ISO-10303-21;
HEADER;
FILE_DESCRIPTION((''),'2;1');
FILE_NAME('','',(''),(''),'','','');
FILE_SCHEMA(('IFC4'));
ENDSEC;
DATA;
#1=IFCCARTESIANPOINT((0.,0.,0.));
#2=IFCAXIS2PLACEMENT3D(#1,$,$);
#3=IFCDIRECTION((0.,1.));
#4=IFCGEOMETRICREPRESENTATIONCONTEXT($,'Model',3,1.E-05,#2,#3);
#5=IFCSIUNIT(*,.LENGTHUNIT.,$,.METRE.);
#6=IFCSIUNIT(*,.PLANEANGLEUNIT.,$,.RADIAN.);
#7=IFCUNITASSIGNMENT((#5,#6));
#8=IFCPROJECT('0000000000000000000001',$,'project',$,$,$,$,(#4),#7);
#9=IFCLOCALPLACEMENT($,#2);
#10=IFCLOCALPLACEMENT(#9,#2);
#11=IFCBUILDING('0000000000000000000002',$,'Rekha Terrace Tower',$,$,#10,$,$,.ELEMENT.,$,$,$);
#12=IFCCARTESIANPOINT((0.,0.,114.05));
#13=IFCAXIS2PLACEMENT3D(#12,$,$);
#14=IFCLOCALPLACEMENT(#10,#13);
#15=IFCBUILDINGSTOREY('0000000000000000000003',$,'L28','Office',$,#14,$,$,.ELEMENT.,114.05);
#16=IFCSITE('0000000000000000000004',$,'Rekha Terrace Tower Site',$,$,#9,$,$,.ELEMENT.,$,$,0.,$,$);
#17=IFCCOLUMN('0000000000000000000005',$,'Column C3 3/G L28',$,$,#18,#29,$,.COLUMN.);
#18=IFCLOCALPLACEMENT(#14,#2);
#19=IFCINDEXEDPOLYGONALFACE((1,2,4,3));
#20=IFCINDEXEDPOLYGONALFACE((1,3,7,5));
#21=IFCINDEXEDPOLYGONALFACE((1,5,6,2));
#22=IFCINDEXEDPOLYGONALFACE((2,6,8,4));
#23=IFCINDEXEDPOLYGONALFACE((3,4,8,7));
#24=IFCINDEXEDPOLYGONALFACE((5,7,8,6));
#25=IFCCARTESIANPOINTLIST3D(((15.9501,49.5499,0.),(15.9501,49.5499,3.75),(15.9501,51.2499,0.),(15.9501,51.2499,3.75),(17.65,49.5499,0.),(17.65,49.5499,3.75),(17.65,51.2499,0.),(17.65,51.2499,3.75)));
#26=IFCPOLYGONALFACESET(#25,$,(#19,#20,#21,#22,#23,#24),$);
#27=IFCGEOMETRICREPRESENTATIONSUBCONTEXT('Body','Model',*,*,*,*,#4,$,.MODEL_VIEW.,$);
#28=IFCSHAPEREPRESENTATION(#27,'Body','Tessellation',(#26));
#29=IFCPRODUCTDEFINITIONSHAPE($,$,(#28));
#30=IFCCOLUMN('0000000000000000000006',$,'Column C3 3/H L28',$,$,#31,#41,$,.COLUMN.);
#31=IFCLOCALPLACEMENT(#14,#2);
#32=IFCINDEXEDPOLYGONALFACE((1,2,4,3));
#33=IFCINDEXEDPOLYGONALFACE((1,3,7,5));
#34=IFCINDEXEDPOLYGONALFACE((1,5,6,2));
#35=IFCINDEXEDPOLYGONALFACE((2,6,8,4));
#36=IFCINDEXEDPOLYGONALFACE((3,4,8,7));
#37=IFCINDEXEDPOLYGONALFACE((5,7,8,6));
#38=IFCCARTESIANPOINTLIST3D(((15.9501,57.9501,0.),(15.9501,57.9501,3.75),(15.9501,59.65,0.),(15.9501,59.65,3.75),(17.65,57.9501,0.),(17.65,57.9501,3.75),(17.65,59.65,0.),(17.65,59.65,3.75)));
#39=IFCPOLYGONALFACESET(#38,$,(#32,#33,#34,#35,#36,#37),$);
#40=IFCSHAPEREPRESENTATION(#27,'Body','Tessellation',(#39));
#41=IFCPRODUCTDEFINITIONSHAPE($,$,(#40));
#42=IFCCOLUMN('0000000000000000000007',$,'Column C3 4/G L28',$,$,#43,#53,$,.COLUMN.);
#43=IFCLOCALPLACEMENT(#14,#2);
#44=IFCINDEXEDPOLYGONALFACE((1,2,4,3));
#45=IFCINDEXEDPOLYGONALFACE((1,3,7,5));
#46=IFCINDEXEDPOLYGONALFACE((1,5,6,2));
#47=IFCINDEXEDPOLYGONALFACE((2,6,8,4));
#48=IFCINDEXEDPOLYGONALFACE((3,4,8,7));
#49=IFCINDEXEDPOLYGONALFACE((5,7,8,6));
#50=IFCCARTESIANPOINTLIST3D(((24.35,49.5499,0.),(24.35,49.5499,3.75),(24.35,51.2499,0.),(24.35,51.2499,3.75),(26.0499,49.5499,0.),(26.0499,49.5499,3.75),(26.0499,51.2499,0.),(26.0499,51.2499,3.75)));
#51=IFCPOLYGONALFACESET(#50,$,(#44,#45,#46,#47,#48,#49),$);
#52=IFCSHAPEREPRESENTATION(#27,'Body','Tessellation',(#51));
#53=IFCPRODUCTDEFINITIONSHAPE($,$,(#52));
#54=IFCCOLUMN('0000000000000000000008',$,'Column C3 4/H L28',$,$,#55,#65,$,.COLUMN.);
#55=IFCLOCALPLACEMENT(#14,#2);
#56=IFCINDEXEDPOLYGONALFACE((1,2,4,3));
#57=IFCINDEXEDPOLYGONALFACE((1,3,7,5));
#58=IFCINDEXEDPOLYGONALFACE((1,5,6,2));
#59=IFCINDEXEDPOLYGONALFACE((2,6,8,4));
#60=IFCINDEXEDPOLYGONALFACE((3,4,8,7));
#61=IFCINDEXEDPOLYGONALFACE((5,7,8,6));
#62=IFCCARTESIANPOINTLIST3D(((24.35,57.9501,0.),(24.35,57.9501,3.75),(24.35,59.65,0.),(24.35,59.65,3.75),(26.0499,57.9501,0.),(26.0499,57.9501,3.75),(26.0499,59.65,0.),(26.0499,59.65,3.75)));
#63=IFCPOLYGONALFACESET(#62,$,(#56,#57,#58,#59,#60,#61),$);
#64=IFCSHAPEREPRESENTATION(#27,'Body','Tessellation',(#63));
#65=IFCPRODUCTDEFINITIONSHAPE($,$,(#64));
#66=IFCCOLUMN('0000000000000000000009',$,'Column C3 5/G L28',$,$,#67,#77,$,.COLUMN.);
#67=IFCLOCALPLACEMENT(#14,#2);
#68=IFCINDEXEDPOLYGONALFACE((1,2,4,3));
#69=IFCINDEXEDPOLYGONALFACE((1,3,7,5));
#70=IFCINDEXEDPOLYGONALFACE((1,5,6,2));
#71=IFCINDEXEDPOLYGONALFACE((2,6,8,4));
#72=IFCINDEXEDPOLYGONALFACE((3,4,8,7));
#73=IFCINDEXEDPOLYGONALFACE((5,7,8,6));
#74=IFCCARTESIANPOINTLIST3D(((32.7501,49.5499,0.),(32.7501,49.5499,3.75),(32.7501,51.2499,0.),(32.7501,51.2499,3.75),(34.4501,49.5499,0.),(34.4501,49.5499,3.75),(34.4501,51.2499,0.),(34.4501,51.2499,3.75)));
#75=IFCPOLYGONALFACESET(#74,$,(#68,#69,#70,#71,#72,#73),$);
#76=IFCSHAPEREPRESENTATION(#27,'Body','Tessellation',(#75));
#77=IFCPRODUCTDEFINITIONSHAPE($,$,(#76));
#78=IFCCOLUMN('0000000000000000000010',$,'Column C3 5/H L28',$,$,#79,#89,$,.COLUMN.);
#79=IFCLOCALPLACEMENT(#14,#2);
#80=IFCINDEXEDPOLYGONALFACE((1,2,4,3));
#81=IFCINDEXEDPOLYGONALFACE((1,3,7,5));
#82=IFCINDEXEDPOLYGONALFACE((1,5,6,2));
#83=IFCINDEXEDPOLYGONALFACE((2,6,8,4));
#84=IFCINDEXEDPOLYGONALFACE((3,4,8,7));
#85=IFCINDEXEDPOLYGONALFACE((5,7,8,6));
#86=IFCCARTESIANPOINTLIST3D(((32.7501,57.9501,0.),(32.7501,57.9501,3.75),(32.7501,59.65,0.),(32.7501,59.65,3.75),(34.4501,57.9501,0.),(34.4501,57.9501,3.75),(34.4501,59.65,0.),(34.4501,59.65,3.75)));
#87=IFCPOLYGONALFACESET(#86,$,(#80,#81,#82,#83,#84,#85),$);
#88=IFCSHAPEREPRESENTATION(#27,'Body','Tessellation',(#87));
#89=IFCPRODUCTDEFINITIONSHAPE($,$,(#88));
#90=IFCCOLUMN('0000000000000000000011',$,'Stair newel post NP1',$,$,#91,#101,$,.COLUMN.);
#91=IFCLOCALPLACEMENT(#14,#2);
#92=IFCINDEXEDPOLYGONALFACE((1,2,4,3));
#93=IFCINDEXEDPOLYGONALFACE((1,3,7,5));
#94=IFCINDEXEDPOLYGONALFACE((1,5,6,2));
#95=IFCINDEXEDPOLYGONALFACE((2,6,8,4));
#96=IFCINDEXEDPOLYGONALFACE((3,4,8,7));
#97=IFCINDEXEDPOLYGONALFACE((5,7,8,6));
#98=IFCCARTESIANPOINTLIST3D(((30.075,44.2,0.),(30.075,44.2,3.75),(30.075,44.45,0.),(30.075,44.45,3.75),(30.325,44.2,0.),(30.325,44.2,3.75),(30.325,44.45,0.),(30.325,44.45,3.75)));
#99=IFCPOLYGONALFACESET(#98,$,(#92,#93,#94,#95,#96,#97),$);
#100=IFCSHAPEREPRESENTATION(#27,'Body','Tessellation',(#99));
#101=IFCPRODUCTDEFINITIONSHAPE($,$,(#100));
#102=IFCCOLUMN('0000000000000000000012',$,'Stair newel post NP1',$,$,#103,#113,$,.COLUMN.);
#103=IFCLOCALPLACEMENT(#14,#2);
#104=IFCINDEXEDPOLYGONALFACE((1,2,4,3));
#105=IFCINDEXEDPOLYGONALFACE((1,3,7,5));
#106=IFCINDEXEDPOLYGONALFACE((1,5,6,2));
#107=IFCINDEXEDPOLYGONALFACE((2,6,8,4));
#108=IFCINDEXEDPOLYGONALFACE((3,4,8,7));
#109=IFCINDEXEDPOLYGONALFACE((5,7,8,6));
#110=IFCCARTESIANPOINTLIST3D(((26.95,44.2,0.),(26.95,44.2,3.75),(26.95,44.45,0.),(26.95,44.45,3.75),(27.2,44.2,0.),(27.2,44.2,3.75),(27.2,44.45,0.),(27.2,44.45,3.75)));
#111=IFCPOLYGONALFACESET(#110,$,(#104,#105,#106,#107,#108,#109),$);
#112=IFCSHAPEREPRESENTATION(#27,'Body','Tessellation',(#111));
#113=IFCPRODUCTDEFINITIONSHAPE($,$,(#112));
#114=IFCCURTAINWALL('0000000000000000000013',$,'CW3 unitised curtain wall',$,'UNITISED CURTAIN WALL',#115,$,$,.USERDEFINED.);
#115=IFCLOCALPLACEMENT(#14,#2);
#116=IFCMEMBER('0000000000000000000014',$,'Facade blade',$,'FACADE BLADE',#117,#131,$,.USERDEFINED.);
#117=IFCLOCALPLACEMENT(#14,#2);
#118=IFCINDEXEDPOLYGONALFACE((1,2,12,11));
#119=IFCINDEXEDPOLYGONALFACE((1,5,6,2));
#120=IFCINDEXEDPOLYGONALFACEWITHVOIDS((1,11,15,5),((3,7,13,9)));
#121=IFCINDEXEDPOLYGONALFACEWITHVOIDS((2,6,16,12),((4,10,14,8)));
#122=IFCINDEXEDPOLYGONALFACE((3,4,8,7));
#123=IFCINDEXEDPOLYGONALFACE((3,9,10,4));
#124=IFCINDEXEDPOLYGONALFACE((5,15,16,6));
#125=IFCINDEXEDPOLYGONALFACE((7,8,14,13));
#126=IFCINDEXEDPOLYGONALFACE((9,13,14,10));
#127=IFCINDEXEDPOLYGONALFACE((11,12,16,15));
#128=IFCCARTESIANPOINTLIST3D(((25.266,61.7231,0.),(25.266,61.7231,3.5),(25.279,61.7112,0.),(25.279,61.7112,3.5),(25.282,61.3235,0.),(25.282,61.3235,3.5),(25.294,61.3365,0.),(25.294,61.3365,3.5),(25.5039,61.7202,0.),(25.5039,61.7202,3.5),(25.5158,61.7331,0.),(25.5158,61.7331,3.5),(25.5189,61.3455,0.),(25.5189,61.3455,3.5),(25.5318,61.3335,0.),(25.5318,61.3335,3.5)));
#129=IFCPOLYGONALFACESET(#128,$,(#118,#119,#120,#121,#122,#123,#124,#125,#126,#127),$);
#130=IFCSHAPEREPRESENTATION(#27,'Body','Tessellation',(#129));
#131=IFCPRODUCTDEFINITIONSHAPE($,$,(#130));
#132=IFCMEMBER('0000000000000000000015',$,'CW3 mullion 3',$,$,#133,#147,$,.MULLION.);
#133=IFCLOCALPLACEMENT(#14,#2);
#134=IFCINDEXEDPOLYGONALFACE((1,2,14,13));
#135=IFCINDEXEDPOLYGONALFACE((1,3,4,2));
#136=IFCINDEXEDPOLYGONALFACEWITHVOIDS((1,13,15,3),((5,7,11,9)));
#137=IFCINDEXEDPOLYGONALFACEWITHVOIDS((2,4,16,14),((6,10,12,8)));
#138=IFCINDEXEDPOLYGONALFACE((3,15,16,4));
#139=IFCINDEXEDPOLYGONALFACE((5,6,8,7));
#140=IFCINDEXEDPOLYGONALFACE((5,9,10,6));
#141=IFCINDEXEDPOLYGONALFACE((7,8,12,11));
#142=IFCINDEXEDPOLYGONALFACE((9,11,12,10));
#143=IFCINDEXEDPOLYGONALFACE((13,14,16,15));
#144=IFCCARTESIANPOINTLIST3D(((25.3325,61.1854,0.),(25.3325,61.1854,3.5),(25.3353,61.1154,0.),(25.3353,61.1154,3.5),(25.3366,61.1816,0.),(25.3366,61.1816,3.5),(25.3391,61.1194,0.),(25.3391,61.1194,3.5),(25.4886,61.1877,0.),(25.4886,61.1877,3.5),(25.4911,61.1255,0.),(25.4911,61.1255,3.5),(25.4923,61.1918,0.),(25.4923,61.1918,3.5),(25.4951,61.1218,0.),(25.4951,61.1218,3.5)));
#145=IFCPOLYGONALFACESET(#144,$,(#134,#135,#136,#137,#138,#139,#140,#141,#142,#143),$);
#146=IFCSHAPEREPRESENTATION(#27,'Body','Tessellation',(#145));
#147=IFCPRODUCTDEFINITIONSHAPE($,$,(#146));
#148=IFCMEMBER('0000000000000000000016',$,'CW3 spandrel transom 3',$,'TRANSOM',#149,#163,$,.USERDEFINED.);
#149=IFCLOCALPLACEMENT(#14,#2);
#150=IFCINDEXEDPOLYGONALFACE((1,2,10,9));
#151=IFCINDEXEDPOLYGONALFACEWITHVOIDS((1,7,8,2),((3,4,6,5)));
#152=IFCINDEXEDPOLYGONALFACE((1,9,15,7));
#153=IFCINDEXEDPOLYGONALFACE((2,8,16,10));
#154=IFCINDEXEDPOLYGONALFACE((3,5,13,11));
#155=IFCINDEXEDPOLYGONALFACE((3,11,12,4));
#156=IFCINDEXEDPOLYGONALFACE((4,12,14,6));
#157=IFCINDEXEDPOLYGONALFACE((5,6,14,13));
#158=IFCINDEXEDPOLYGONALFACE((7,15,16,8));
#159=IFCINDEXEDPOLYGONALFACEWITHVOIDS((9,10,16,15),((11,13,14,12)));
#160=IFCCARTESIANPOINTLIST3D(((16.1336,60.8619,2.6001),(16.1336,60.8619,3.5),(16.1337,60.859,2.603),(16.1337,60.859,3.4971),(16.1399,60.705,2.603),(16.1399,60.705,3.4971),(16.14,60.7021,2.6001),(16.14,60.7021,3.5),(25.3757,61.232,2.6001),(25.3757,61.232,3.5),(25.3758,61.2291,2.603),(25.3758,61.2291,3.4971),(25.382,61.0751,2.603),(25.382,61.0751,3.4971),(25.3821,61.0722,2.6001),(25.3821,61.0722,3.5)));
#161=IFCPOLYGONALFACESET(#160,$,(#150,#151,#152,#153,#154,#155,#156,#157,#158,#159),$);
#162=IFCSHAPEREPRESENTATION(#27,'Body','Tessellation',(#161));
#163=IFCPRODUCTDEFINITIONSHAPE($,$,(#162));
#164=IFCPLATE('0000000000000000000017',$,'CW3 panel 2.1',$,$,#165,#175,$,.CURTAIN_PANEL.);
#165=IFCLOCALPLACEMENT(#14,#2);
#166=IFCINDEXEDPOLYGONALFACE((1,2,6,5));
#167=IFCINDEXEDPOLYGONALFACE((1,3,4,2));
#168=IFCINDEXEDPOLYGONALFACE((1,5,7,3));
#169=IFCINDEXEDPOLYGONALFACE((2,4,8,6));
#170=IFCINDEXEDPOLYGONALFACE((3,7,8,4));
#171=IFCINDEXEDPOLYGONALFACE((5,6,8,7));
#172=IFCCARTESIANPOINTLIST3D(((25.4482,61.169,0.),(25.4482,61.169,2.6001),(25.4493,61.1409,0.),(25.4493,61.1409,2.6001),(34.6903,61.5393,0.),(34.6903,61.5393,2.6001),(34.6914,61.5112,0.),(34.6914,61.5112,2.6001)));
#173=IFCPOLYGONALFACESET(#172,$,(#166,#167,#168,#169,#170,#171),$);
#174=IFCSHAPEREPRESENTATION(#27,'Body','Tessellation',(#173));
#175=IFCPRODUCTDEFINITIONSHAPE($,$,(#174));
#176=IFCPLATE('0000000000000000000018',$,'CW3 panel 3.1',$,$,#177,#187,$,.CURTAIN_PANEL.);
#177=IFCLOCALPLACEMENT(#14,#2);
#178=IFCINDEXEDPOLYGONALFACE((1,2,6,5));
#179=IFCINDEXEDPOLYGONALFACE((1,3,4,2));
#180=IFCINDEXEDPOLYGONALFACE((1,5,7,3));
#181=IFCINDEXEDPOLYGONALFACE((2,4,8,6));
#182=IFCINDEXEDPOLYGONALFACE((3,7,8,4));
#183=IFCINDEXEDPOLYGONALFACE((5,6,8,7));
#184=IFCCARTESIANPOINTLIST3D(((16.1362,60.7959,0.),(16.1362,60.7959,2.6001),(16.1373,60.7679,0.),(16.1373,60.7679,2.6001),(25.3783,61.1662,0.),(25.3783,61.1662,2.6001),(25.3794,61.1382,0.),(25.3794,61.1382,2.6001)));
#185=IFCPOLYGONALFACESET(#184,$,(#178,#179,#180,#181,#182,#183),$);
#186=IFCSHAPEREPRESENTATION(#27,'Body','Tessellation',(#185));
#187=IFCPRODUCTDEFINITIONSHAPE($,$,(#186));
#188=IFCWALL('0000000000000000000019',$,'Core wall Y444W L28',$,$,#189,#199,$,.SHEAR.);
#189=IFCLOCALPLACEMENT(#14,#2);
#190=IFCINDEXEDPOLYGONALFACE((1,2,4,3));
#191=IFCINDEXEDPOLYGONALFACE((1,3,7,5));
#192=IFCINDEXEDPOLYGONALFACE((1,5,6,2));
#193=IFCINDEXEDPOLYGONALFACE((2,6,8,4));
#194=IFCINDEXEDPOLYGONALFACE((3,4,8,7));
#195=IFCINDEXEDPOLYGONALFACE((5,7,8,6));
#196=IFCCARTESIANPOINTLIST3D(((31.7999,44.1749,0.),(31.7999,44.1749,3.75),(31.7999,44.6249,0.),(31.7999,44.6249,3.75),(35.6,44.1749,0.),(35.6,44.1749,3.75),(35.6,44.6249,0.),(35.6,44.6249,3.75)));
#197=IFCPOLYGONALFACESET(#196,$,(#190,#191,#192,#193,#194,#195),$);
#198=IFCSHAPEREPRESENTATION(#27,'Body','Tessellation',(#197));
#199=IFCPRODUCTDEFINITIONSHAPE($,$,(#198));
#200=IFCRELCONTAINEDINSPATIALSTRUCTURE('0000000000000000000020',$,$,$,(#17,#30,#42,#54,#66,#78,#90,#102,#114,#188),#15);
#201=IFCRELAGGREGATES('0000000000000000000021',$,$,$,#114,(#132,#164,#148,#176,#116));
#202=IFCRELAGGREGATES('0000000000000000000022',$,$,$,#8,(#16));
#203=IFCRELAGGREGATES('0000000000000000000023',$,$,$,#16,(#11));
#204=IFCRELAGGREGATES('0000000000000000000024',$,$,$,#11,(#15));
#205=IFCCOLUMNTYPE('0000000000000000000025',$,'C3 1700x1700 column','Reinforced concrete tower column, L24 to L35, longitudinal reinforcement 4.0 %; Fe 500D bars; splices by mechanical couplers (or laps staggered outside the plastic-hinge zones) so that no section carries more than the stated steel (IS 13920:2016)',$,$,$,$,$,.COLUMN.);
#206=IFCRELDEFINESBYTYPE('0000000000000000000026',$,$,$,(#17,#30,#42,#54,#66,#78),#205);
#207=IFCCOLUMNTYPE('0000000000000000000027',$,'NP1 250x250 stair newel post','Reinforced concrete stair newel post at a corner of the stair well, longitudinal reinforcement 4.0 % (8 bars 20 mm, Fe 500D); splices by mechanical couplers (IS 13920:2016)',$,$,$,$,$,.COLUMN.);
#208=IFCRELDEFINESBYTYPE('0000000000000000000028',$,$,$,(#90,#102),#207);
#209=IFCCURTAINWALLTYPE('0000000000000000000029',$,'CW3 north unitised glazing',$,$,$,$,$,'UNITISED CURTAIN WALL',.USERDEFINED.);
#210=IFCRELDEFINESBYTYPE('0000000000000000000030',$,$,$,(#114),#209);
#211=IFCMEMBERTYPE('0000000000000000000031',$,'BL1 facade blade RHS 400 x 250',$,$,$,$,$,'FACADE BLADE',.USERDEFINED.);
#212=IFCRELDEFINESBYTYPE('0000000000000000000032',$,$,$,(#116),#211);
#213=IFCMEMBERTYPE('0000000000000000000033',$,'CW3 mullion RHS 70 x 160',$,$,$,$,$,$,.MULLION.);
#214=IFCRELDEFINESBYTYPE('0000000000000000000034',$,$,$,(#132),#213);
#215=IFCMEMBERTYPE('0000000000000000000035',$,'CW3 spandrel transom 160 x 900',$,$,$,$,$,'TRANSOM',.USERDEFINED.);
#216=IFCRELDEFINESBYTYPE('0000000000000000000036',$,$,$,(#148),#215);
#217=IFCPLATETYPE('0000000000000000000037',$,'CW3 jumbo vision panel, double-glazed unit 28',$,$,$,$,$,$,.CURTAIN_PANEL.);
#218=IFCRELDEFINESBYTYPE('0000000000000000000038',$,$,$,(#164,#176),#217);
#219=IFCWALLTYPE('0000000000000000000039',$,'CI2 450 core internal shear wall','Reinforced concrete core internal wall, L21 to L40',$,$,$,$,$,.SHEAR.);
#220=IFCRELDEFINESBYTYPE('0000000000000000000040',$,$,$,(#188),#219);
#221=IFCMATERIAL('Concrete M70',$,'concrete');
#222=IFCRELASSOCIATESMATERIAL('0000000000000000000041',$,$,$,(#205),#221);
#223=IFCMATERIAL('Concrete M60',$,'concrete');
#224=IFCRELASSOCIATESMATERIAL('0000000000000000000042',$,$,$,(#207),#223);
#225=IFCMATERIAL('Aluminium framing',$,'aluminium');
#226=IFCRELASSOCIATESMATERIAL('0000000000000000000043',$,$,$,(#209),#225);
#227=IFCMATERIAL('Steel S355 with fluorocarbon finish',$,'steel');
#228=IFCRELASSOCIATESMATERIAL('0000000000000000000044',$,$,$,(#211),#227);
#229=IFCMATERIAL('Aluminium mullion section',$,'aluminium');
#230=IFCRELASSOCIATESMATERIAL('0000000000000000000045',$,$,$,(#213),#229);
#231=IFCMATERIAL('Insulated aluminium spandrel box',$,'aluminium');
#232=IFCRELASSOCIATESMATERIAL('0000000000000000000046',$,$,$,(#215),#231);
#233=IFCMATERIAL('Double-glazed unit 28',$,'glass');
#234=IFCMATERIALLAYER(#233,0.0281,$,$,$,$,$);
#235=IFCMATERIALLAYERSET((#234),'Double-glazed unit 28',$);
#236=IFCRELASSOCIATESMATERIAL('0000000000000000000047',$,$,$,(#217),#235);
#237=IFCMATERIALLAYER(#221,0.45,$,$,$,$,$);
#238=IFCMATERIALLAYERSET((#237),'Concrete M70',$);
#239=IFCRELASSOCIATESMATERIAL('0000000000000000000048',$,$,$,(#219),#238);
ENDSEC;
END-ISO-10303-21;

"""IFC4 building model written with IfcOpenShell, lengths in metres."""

from ifc_helpers import new_model, si_unit, direction, frame, frame_2d, origin, origin_2d, place, context, subcontext, project, spatial, rectangle, hollow_rectangle, extrude, material, layer, layer_set, material_profile, profile_set, type_object, element, aggregate, save


model = new_model("IFC4")

# Units and contexts
model_context = context("Model", 3, precision=1e-05, world=origin(), true_north=direction((0.0, 1.0)))
body_context = subcontext(model_context, "Body", "Model", "MODEL_VIEW")
ifc_project = project(units=[si_unit("LENGTHUNIT", "METRE"), si_unit("PLANEANGLEUNIT", "RADIAN")], contexts=[model_context])

# Site, building, storey
site_placement = place(None, origin())
site = spatial("IfcSite", under=ifc_project, at=site_placement, Name="Rekha Terrace Tower Site", CompositionType="ELEMENT", RefElevation=0.0)
building_placement = place(site_placement, origin())
building = spatial("IfcBuilding", under=site, at=building_placement, Name="Rekha Terrace Tower", CompositionType="ELEMENT")
storey_placement = place(building_placement, frame((0.0, 0.0, 114.05)))
storey = spatial("IfcBuildingStorey", under=building, at=storey_placement, Name="L28", Description="Office", CompositionType="ELEMENT", Elevation=114.05)

# Columns
ifc_material_1 = material(Name="Concrete M70", Category="concrete")
ifc_material_profile_1 = material_profile(ifc_material_1, rectangle(XDim=1.7, YDim=1.7, at=origin_2d()), Name="RC 1700x1700")
ifc_profile_set_1 = profile_set([ifc_material_profile_1], Name="Concrete M70")
column_type_1 = type_object("IfcColumnType", Name="C3 1700x1700 column", Description="Reinforced concrete tower column, L24 to L35, longitudinal reinforcement 4.0 %; Fe 500D bars; splices by mechanical couplers (or laps staggered outside the plastic-hinge zones) so that no section carries more than the stated steel (IS 13920:2016)", PredefinedType="COLUMN", material=ifc_profile_set_1)
for number, where, z_axis, x_axis, name in (
    (1, (16.8, 50.3999, 0.0), (0.0, 0.0, 1.0), (1.0, 0.0, 0.0), "Column C3 3/G L28"),
    (2, (16.8, 58.8, 0.0), (0.0, 0.0, 1.0), (1.0, 0.0, 0.0), "Column C3 3/H L28"),
    (3, (25.2, 50.3999, 0.0), (0.0, 0.0, 1.0), (1.0, 0.0, 0.0), "Column C3 4/G L28"),
    (4, (25.2, 58.8, 0.0), (0.0, 0.0, 1.0), (1.0, 0.0, 0.0), "Column C3 4/H L28"),
    (5, (33.6001, 50.3999, 0.0), (0.0, 0.0, 1.0), (1.0, 0.0, 0.0), "Column C3 5/G L28"),
    (6, (33.6001, 58.8, 0.0), (0.0, 0.0, 1.0), (1.0, 0.0, 0.0), "Column C3 5/H L28"),
):
    element("IfcColumn", number, at=place(storey_placement, frame(where, z_axis=z_axis, x_axis=x_axis)), inside=storey, type_object=column_type_1, Name=name, PredefinedType="COLUMN", context=body_context, shape_type="SweptSolid", body=[
        extrude(rectangle(XDim=1.7, YDim=1.7, at=origin_2d()), origin(), (0.0, 0.0, 1.0), 3.75),
    ])
ifc_material_2 = material(Name="Concrete M60", Category="concrete")
ifc_material_profile_2 = material_profile(ifc_material_2, rectangle(XDim=0.25, YDim=0.25, at=origin_2d()), Name="RC 250x250")
ifc_profile_set_2 = profile_set([ifc_material_profile_2], Name="Concrete M60")
column_type_2 = type_object("IfcColumnType", Name="NP1 250x250 stair newel post", Description="Reinforced concrete stair newel post at a corner of the stair well, longitudinal reinforcement 4.0 % (8 bars 20 mm, Fe 500D); splices by mechanical couplers (IS 13920:2016)", PredefinedType="COLUMN", material=ifc_profile_set_2)
for number, where, z_axis, x_axis, name in (
    (7, (30.2, 44.325, 0.0), (0.0, 0.0, 1.0), (1.0, 0.0, 0.0), "Stair newel post NP1"),
    (8, (27.075, 44.325, 0.0), (0.0, 0.0, 1.0), (1.0, 0.0, 0.0), "Stair newel post NP1"),
):
    element("IfcColumn", number, at=place(storey_placement, frame(where, z_axis=z_axis, x_axis=x_axis)), inside=storey, type_object=column_type_2, Name=name, PredefinedType="COLUMN", context=body_context, shape_type="SweptSolid", body=[
        extrude(rectangle(XDim=0.25, YDim=0.25, at=origin_2d()), origin(), (0.0, 0.0, 1.0), 3.75),
    ])

# Curtain wall, members, plates
ifc_material_3 = material(Name="Aluminium framing", Category="aluminium")
curtain_wall_type = type_object("IfcCurtainWallType", Name="CW3 north unitised glazing", ElementType="UNITISED CURTAIN WALL", PredefinedType="USERDEFINED", material=ifc_material_3)
curtain_wall_placement = place(storey_placement, origin())
curtain_wall = element("IfcCurtainWall", 9, at=curtain_wall_placement, inside=storey, type_object=curtain_wall_type, Name="CW3 unitised curtain wall", ObjectType="UNITISED CURTAIN WALL", PredefinedType="USERDEFINED")
ifc_material_4 = material(Name="Steel S355 with fluorocarbon finish", Category="steel")
ifc_material_profile_3 = material_profile(ifc_material_4, hollow_rectangle(XDim=0.25, YDim=0.3999, WallThickness=0.0125, at=origin_2d()), Name="RHS400x250x12.5")
ifc_profile_set_3 = profile_set([ifc_material_profile_3], Name="Steel S355 with fluorocarbon finish")
member_type_1 = type_object("IfcMemberType", Name="BL1 facade blade RHS 400 x 250", ElementType="FACADE BLADE", PredefinedType="USERDEFINED", material=ifc_profile_set_3)
member_1_placement = place(storey_placement, frame((25.3989, 61.5283, 0.0), z_axis=(0.0, 0.0, 1.0), x_axis=(-0.999198, -0.040032, 0.0)))
member_1 = element("IfcMember", 10, at=member_1_placement, type_object=member_type_1, Name="Facade blade", ObjectType="FACADE BLADE", PredefinedType="USERDEFINED", context=body_context, shape_type="SweptSolid", body=[
    extrude(hollow_rectangle(XDim=0.25, YDim=0.3999, WallThickness=0.0125, at=origin_2d()), origin(), (0.0, 0.0, 1.0), 3.5),
])
ifc_material_5 = material(Name="Aluminium mullion section", Category="aluminium")
ifc_material_profile_4 = material_profile(ifc_material_5, hollow_rectangle(XDim=0.0701, YDim=0.1599, WallThickness=0.0039, at=origin_2d()), Name="AL RHS 70x160")
ifc_profile_set_4 = profile_set([ifc_material_profile_4], Name="Aluminium mullion section")
member_type_2 = type_object("IfcMemberType", Name="CW3 mullion RHS 70 x 160", PredefinedType="MULLION", material=ifc_profile_set_4)
member_2_placement = place(storey_placement, frame((25.4138, 61.1536, 0.0), z_axis=(0.0, 0.0, 1.0), x_axis=(0.040032, -0.999198, 0.0)))
member_2 = element("IfcMember", 11, at=member_2_placement, type_object=member_type_2, Name="CW3 mullion 3", PredefinedType="MULLION", context=body_context, shape_type="SweptSolid", body=[
    extrude(hollow_rectangle(XDim=0.0701, YDim=0.1599, WallThickness=0.0039, at=origin_2d()), origin(), (0.0, 0.0, 1.0), 3.5),
])
ifc_material_6 = material(Name="Insulated aluminium spandrel box", Category="aluminium")
ifc_material_profile_5 = material_profile(ifc_material_6, hollow_rectangle(XDim=0.1599, YDim=0.8999, WallThickness=0.0029, at=origin_2d()), Name="AL SPANDREL BOX 160x900")
ifc_profile_set_5 = profile_set([ifc_material_profile_5], Name="Insulated aluminium spandrel box")
member_type_3 = type_object("IfcMemberType", Name="CW3 spandrel transom 160 x 900", ElementType="TRANSOM", PredefinedType="USERDEFINED", material=ifc_profile_set_5)
member_3_placement = place(storey_placement, frame((25.3789, 61.1521, 3.05), z_axis=(-0.999199, -0.040014, 0.0), x_axis=(0.040014, -0.999199, 0.0)))
member_3 = element("IfcMember", 12, at=member_3_placement, type_object=member_type_3, Name="CW3 spandrel transom 3", ObjectType="TRANSOM", PredefinedType="USERDEFINED", context=body_context, shape_type="SweptSolid", body=[
    extrude(hollow_rectangle(XDim=0.1599, YDim=0.8999, WallThickness=0.0029, at=origin_2d()), origin(), (0.0, 0.0, 1.0), 9.2495),
])
ifc_material_7 = material(Name="Double-glazed unit 28", Category="glass")
ifc_layer_1 = layer(ifc_material_7, 0.0281)
ifc_layer_set_1 = layer_set([ifc_layer_1], Name="Double-glazed unit 28")
plate_type = type_object("IfcPlateType", Name="CW3 jumbo vision panel, double-glazed unit 28", PredefinedType="CURTAIN_PANEL", material=ifc_layer_set_1)
plate_1_placement = place(storey_placement, frame((30.0698, 61.3401, 0.0), z_axis=(0.0, 0.0, 1.0), x_axis=(-0.999198, -0.040032, 0.0)))
plate_1 = element("IfcPlate", 13, at=plate_1_placement, type_object=plate_type, Name="CW3 panel 2.1", PredefinedType="CURTAIN_PANEL", context=body_context, shape_type="SweptSolid", body=[
    extrude(rectangle(XDim=9.2495, YDim=0.0281, at=origin_2d()), origin(), (0.0, 0.0, 1.0), 2.6001),
])
plate_2_placement = place(storey_placement, frame((20.7578, 60.967, 0.0), z_axis=(0.0, 0.0, 1.0), x_axis=(-0.999198, -0.040032, 0.0)))
plate_2 = element("IfcPlate", 14, at=plate_2_placement, type_object=plate_type, Name="CW3 panel 3.1", PredefinedType="CURTAIN_PANEL", context=body_context, shape_type="SweptSolid", body=[
    extrude(rectangle(XDim=9.2495, YDim=0.0281, at=origin_2d()), origin(), (0.0, 0.0, 1.0), 2.6001),
])
aggregate(curtain_wall, [member_2, plate_1, member_3, plate_2, member_1])

# Wall
ifc_layer_2 = layer(ifc_material_1, 0.45)
ifc_layer_set_2 = layer_set([ifc_layer_2], Name="Concrete M70")
wall_type_1 = type_object("IfcWallType", Name="CI2 450 core internal shear wall", Description="Reinforced concrete core internal wall, L21 to L40", PredefinedType="SHEAR", material=ifc_layer_set_2)
wall_1_placement = place(storey_placement, frame((31.8, 44.3999, 0.0), z_axis=(0.0, 0.0, 1.0), x_axis=(1.0, 0.0, 0.0)))
element("IfcWall", 15, at=wall_1_placement, inside=storey, type_object=wall_type_1, Name="Core wall Y444W L28", PredefinedType="SHEAR", context=body_context, shape_type="SweptSolid", body=[
    extrude(rectangle(XDim=3.8, YDim=0.45, at=frame_2d((1.8999, 0.0))), origin(), (0.0, 0.0, 1.0), 3.75),
])

save(model, "model.ifc")
